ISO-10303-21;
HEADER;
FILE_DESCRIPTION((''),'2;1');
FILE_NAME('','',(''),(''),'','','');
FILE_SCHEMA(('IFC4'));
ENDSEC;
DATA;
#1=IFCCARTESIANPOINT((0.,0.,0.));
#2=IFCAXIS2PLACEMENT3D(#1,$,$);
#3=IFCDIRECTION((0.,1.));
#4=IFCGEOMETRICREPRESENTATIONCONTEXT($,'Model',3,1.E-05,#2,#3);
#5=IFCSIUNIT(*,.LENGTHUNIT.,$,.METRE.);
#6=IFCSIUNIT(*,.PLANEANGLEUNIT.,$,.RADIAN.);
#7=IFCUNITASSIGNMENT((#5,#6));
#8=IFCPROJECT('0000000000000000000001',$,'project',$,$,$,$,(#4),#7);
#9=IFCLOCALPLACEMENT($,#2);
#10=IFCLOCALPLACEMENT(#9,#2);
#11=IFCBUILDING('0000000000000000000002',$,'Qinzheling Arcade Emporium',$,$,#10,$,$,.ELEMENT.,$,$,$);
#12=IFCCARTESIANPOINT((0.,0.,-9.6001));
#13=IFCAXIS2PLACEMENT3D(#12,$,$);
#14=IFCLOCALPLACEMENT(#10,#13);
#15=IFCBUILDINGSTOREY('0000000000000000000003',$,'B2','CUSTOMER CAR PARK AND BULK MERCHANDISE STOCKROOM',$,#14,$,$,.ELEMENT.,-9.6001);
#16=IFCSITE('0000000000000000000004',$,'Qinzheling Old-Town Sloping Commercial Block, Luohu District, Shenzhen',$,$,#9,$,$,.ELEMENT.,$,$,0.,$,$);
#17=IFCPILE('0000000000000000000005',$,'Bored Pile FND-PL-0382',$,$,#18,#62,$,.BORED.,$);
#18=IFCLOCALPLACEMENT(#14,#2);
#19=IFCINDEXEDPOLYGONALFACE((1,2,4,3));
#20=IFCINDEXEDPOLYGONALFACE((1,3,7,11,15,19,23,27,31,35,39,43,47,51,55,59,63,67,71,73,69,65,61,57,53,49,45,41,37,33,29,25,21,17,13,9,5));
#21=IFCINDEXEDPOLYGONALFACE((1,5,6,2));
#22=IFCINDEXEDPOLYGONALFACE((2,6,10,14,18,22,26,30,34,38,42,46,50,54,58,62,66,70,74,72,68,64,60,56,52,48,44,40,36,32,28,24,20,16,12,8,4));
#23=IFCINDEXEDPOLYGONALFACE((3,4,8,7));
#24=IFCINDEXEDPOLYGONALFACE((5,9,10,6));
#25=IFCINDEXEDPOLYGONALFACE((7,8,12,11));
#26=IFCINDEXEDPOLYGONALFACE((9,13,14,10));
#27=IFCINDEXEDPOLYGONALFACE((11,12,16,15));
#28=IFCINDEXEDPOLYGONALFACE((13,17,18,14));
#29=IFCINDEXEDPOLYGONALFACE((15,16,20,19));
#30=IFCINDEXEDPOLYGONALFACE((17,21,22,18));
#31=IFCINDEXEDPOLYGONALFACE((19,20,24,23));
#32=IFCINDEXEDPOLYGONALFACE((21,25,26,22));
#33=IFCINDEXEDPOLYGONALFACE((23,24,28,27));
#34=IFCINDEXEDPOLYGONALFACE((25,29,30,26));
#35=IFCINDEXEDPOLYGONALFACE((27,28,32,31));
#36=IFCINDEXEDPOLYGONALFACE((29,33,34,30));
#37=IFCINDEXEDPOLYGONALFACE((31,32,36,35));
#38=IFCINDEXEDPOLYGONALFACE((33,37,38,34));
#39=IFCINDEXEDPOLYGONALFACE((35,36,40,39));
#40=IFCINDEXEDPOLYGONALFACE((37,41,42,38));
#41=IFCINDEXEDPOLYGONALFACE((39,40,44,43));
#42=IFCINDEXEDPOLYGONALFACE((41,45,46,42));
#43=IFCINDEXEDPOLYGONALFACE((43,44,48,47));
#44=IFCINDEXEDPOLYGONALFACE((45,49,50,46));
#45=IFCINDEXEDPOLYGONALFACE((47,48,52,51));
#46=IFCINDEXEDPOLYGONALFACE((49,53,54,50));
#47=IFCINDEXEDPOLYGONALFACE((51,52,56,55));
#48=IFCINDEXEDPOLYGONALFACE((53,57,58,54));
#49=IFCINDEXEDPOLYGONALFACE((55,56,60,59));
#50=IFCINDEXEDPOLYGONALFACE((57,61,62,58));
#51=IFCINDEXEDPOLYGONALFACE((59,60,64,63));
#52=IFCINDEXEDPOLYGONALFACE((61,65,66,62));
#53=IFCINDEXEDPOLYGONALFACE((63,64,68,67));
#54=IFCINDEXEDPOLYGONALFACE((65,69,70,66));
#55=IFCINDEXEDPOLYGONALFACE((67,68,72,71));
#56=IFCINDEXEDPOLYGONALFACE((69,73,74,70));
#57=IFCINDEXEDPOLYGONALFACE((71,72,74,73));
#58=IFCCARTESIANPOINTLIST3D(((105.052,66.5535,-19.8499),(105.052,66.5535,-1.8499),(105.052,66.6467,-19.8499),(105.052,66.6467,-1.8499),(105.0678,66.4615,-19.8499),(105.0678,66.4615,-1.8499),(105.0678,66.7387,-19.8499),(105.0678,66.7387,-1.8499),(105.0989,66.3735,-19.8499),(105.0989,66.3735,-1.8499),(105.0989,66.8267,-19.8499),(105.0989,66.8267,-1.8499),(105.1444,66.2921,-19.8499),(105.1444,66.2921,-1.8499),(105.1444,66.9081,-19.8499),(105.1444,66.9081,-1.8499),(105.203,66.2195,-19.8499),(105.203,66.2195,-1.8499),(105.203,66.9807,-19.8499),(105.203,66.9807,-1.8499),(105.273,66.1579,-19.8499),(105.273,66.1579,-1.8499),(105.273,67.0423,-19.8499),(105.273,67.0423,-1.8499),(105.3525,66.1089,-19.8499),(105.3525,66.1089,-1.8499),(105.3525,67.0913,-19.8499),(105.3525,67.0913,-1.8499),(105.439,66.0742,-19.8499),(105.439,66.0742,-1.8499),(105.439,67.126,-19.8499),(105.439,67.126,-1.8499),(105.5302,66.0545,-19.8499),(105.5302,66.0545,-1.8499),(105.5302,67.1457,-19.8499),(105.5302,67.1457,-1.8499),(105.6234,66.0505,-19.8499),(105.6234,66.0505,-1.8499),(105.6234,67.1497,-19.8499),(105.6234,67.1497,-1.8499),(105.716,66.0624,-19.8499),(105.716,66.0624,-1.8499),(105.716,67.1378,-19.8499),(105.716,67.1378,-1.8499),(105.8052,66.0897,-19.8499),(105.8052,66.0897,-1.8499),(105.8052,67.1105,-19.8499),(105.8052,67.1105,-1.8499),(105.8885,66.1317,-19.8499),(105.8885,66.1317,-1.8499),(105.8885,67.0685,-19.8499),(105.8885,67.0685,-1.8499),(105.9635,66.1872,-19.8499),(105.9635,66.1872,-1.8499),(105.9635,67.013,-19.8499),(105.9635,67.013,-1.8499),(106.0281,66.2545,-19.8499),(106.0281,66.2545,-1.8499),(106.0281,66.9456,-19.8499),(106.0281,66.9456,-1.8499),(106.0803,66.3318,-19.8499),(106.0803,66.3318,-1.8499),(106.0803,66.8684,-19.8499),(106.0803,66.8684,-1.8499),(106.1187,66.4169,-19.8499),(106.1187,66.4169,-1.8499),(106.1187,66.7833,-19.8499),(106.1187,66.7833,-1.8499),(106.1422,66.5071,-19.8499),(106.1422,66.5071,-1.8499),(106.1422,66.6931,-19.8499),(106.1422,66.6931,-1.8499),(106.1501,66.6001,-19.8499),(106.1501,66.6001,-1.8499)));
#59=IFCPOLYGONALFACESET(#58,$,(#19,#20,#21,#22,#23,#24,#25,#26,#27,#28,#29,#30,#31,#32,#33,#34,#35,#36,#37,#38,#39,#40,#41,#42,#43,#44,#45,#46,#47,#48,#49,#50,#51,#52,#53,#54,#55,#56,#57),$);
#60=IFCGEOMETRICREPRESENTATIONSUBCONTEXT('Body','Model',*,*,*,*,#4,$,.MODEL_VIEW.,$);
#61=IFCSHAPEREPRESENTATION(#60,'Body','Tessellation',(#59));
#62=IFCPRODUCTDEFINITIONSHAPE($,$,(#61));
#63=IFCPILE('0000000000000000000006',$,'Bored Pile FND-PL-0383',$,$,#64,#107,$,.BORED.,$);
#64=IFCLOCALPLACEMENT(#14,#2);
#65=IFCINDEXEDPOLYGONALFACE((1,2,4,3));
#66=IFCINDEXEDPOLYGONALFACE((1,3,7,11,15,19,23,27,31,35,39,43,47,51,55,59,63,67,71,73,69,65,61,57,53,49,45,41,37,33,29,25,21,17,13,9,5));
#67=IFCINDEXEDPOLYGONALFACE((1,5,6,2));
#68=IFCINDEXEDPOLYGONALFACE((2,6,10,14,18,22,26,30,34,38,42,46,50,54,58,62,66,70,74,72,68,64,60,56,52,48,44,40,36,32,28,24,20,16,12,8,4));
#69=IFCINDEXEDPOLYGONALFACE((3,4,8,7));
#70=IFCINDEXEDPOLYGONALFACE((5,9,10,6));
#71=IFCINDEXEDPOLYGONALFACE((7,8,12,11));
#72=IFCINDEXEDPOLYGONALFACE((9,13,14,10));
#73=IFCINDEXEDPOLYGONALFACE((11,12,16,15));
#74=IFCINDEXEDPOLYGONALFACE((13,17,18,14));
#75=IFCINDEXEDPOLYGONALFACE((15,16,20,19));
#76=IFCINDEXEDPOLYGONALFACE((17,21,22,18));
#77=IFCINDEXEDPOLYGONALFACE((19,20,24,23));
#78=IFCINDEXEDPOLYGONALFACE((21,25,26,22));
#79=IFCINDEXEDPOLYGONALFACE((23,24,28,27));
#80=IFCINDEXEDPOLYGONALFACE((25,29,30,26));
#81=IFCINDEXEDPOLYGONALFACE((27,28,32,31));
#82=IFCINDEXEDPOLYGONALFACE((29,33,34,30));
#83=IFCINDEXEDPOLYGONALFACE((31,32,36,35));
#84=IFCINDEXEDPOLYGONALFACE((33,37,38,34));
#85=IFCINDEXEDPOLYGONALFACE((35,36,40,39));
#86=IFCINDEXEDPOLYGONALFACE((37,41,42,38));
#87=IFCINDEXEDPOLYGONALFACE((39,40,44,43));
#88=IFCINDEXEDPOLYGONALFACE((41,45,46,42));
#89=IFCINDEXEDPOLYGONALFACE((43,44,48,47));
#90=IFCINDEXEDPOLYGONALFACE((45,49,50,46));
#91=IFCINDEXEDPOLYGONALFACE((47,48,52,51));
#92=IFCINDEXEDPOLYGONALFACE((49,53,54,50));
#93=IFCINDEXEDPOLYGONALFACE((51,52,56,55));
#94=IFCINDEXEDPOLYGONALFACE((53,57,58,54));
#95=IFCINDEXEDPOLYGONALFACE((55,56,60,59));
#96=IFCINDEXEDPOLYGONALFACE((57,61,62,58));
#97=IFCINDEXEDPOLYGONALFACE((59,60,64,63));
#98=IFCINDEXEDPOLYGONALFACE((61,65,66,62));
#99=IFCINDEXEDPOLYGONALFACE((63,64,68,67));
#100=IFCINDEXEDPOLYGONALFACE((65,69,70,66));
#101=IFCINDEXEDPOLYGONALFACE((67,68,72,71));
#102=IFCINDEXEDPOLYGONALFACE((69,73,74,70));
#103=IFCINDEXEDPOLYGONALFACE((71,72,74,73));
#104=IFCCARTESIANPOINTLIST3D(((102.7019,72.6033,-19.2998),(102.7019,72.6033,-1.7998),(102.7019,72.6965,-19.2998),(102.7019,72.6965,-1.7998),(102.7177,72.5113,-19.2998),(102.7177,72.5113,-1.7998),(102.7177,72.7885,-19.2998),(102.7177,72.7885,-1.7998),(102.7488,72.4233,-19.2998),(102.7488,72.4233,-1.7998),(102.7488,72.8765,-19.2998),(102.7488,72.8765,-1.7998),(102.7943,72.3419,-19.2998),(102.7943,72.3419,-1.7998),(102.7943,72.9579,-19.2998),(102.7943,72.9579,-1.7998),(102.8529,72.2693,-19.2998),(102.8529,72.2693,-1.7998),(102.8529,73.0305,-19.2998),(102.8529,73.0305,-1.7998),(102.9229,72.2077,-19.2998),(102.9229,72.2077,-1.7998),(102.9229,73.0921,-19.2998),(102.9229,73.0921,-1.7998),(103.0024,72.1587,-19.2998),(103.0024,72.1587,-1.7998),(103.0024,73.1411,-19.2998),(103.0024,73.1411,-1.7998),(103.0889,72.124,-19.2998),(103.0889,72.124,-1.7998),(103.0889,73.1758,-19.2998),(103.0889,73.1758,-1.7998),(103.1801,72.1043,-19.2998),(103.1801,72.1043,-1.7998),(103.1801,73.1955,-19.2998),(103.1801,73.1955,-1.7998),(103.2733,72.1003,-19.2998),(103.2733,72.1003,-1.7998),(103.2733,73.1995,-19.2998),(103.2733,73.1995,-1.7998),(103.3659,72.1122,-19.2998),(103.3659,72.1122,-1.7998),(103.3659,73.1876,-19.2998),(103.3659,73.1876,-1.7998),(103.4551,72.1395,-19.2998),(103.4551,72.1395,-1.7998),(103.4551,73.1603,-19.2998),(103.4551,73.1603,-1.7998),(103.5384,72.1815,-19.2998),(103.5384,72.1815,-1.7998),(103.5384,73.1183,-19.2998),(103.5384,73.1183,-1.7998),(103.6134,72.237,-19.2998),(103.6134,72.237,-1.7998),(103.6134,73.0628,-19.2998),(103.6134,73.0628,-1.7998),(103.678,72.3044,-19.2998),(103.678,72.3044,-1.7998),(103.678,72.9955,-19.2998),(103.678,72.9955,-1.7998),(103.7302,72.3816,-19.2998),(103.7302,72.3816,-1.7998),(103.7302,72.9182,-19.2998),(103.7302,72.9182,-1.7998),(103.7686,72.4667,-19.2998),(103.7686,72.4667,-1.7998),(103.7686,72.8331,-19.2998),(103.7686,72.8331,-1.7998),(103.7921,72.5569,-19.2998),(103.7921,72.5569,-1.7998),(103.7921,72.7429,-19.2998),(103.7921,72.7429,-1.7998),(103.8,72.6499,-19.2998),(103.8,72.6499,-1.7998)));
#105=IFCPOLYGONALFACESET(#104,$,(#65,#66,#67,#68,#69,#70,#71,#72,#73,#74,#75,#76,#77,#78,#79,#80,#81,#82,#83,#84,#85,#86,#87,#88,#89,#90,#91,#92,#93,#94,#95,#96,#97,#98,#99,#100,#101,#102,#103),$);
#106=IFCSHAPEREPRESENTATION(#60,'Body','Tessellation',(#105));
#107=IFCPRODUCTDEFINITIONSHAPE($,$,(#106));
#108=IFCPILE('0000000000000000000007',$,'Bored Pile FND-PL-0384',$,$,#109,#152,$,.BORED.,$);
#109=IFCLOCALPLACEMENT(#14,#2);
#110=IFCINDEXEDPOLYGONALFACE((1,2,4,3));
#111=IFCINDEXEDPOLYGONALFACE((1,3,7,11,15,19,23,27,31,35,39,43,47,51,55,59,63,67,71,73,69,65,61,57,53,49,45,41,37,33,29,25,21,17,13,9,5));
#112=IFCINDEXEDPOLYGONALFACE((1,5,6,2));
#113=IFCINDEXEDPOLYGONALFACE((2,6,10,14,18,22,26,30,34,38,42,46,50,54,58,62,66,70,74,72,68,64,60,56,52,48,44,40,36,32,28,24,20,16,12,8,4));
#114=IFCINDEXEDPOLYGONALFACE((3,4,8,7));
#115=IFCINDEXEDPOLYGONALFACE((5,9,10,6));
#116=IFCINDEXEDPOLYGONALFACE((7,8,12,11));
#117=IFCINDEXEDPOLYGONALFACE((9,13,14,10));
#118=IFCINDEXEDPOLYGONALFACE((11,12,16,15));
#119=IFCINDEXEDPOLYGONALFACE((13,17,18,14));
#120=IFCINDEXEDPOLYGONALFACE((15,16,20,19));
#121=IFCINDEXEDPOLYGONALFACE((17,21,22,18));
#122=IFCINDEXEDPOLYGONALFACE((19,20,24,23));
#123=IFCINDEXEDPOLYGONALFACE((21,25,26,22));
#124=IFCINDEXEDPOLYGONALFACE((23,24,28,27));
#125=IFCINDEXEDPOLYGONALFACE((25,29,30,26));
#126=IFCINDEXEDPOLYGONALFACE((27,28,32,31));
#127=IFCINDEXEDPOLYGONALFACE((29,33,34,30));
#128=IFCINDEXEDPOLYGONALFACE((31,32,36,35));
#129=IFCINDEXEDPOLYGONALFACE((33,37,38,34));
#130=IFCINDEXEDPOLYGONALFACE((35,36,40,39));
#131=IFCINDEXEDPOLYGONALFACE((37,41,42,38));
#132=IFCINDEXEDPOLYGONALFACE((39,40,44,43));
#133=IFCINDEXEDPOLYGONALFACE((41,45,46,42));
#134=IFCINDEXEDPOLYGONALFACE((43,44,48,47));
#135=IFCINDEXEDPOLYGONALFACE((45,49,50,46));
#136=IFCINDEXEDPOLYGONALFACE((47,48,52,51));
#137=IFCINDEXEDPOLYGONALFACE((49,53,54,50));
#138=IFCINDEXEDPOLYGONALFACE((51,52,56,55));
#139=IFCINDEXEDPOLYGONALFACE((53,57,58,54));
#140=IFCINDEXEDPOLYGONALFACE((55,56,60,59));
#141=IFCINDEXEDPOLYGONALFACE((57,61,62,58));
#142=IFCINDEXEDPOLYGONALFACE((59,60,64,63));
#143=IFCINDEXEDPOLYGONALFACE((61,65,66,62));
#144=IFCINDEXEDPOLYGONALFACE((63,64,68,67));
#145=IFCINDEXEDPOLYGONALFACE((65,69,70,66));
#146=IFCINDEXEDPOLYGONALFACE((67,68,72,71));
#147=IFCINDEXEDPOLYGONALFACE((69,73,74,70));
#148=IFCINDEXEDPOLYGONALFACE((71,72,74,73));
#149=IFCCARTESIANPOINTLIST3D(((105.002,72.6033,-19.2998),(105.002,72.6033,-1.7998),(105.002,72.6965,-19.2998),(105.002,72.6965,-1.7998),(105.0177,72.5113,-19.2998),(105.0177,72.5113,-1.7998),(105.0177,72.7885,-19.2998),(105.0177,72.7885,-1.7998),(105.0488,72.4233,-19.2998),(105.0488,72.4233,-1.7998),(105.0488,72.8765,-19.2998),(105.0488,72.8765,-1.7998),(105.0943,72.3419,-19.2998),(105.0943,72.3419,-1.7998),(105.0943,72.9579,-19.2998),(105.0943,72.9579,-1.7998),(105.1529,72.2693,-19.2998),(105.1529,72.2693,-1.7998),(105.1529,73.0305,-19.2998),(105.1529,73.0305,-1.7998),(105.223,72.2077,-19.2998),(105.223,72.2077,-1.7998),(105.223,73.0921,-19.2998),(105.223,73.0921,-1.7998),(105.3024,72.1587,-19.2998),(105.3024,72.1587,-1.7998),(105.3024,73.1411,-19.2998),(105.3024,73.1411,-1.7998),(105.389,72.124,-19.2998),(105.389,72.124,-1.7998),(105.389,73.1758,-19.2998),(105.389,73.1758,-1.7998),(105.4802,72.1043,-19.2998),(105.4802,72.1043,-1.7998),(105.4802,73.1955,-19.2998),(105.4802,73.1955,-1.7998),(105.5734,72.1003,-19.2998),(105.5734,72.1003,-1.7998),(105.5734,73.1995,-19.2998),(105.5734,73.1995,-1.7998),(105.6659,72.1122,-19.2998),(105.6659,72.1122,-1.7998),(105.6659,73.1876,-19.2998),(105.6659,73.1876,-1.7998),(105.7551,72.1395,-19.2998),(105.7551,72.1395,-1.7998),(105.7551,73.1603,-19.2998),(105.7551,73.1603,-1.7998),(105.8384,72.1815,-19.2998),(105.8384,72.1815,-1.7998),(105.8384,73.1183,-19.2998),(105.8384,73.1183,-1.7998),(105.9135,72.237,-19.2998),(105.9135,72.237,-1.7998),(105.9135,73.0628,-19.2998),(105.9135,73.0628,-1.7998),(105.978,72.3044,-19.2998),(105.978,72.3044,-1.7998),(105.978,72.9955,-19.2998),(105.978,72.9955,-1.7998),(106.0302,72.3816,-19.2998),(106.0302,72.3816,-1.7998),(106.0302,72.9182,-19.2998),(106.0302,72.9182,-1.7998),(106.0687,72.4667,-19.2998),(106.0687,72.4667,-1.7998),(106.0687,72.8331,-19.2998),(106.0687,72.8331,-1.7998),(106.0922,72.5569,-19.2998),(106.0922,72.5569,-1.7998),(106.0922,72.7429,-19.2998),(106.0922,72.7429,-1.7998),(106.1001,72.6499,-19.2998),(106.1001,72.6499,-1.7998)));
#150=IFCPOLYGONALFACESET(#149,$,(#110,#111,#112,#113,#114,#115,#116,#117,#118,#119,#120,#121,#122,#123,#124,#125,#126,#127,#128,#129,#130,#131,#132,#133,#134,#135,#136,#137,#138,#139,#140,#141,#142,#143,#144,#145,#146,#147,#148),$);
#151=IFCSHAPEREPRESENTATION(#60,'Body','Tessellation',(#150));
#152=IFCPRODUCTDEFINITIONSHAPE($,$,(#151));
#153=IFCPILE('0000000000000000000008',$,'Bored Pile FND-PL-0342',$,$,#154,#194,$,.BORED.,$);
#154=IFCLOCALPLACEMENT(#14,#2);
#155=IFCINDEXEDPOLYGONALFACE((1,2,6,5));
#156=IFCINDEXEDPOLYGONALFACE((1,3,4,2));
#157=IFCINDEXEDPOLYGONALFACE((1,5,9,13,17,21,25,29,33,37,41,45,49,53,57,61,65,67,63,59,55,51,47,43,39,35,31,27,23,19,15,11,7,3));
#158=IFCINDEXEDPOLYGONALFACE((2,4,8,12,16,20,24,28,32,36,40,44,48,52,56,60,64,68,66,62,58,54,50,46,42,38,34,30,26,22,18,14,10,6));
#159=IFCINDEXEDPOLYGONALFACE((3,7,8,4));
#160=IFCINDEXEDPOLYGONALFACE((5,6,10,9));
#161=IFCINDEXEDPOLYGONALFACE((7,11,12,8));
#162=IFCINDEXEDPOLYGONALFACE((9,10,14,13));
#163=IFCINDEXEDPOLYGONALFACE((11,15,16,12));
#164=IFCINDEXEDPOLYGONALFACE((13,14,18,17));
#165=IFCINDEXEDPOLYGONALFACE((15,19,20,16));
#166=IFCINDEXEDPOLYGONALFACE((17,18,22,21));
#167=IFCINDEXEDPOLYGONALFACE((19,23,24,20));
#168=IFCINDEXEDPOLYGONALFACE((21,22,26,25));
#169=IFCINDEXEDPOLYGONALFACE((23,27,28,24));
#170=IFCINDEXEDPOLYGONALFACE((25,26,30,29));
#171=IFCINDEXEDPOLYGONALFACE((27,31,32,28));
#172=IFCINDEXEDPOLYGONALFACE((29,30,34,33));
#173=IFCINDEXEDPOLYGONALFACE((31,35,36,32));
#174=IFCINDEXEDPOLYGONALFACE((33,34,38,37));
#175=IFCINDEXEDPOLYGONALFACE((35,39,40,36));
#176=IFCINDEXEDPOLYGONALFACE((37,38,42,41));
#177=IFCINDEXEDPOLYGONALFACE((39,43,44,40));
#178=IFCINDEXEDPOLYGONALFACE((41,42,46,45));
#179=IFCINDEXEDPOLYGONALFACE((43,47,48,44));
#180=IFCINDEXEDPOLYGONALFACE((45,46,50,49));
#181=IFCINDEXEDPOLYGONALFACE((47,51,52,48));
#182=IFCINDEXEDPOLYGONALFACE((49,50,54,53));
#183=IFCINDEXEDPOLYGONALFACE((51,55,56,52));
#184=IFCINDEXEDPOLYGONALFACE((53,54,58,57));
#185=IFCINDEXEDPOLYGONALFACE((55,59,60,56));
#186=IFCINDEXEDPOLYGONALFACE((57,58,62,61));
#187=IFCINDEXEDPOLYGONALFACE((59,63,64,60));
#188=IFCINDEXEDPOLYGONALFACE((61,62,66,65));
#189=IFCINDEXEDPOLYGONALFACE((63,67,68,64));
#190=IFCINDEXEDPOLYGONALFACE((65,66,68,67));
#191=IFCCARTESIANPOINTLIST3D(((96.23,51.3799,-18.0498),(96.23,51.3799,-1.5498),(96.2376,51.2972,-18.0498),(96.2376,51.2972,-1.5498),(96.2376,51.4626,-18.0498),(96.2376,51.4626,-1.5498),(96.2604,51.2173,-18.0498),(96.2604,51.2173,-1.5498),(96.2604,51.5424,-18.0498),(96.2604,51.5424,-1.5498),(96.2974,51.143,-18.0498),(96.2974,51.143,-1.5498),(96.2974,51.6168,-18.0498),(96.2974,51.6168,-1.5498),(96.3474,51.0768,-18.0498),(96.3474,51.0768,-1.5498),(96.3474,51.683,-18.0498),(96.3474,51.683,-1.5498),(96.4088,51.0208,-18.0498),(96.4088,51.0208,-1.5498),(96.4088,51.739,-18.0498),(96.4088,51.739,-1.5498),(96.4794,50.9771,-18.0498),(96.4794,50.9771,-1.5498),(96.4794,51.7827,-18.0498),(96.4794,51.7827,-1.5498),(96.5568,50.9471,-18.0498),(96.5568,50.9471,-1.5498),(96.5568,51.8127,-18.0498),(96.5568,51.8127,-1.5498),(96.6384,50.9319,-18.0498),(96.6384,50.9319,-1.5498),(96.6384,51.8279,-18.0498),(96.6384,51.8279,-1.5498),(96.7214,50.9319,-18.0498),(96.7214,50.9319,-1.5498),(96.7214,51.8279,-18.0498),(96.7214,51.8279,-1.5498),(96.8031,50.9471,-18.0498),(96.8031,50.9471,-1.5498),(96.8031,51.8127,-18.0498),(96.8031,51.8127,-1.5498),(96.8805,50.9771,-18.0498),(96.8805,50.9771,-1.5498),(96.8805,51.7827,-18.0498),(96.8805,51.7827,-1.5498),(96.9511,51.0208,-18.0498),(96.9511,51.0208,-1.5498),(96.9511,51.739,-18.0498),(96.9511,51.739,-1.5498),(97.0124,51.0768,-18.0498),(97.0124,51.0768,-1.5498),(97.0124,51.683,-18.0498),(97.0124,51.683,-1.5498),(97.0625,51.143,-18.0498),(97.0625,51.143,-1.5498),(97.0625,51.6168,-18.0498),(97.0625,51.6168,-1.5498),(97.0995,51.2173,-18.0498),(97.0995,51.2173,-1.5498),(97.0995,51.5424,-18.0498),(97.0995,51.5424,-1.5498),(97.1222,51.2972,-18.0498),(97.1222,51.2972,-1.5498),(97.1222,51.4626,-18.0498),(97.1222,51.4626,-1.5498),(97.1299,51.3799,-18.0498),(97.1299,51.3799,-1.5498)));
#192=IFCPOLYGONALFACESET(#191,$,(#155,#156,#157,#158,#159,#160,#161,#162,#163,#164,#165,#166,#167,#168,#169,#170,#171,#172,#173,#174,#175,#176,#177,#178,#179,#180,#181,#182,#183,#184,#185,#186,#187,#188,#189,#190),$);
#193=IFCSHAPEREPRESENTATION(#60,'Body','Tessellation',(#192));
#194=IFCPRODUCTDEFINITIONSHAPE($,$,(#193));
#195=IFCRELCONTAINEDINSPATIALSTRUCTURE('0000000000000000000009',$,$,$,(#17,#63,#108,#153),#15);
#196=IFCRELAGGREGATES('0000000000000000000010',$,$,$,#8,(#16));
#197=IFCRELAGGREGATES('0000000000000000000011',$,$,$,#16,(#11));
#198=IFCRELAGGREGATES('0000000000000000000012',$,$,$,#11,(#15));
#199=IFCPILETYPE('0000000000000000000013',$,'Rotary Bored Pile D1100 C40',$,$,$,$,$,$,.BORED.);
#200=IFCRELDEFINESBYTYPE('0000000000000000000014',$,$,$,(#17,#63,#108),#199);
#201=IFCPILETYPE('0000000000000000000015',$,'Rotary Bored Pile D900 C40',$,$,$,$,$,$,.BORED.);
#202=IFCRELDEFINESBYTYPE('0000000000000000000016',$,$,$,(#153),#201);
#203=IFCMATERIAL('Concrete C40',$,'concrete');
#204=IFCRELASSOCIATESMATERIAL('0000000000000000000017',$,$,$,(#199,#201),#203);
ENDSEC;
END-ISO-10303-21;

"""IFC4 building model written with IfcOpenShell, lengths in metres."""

from ifc_helpers import new_model, si_unit, direction, frame, origin, origin_2d, place, context, subcontext, project, spatial, circle, extrude, material, material_profile, profile_set, type_object, element, save


model = new_model("IFC4")

# Units and contexts
model_context = context("Model", 3, precision=1e-05, world=origin(), true_north=direction((0.0, 1.0)))
body_context = subcontext(model_context, "Body", "Model", "MODEL_VIEW")
ifc_project = project(units=[si_unit("LENGTHUNIT", "METRE"), si_unit("PLANEANGLEUNIT", "RADIAN")], contexts=[model_context])

# Site, building, storey
site_placement = place(None, origin())
site = spatial("IfcSite", under=ifc_project, at=site_placement, Name="Qinzheling Old-Town Sloping Commercial Block, Luohu District, Shenzhen", CompositionType="ELEMENT", RefElevation=0.0)
building_placement = place(site_placement, origin())
building = spatial("IfcBuilding", under=site, at=building_placement, Name="Qinzheling Arcade Emporium", CompositionType="ELEMENT")
storey_placement = place(building_placement, frame((0.0, 0.0, -9.6001)))
storey = spatial("IfcBuildingStorey", under=building, at=storey_placement, Name="B2", Description="CUSTOMER CAR PARK AND BULK MERCHANDISE STOCKROOM", CompositionType="ELEMENT", Elevation=-9.6001)

# Shared definitions
ifc_material_1 = material(Name="Concrete C40", Category="concrete")

# Piles
ifc_material_profile_1 = material_profile(ifc_material_1, circle(Radius=0.55, at=origin_2d()), Name="BORED D1100", Category="concrete")
ifc_profile_set_1 = profile_set([ifc_material_profile_1], Name="Concrete C40")
pile_type_1 = type_object("IfcPileType", Name="Rotary Bored Pile D1100 C40", PredefinedType="BORED", material=ifc_profile_set_1)
for number, where, z_axis, x_axis, name in (
    (1, (105.6001, 66.6001, -1.8499), (0.0, 0.0, -1.0), (1.0, 0.0, 0.0), "Bored Pile FND-PL-0382"),
):
    element("IfcPile", number, at=place(storey_placement, frame(where, z_axis=z_axis, x_axis=x_axis)), inside=storey, type_object=pile_type_1, Name=name, PredefinedType="BORED", context=body_context, shape_type="SweptSolid", body=[
        extrude(circle(Radius=0.55, at=origin_2d()), origin(), (0.0, 0.0, 1.0), 18.0),
    ])
for number, where, z_axis, x_axis, name in (
    (2, (103.25, 72.6499, -1.7998), (0.0, 0.0, -1.0), (1.0, 0.0, 0.0), "Bored Pile FND-PL-0383"),
    (3, (105.55, 72.6499, -1.7998), (0.0, 0.0, -1.0), (1.0, 0.0, 0.0), "Bored Pile FND-PL-0384"),
):
    element("IfcPile", number, at=place(storey_placement, frame(where, z_axis=z_axis, x_axis=x_axis)), inside=storey, type_object=pile_type_1, Name=name, PredefinedType="BORED", context=body_context, shape_type="SweptSolid", body=[
        extrude(circle(Radius=0.55, at=origin_2d()), origin(), (0.0, 0.0, 1.0), 17.5),
    ])
ifc_material_profile_2 = material_profile(ifc_material_1, circle(Radius=0.45, at=origin_2d()), Name="BORED D900", Category="concrete")
ifc_profile_set_2 = profile_set([ifc_material_profile_2], Name="Concrete C40")
pile_type_2 = type_object("IfcPileType", Name="Rotary Bored Pile D900 C40", PredefinedType="BORED", material=ifc_profile_set_2)
for number, where, z_axis, x_axis, name in (
    (4, (96.6799, 51.3799, -1.5498), (0.0, 0.0, -1.0), (1.0, 0.0, 0.0), "Bored Pile FND-PL-0342"),
):
    element("IfcPile", number, at=place(storey_placement, frame(where, z_axis=z_axis, x_axis=x_axis)), inside=storey, type_object=pile_type_2, Name=name, PredefinedType="BORED", context=body_context, shape_type="SweptSolid", body=[
        extrude(circle(Radius=0.45, at=origin_2d()), origin(), (0.0, 0.0, 1.0), 16.5),
    ])

save(model, "model.ifc")
